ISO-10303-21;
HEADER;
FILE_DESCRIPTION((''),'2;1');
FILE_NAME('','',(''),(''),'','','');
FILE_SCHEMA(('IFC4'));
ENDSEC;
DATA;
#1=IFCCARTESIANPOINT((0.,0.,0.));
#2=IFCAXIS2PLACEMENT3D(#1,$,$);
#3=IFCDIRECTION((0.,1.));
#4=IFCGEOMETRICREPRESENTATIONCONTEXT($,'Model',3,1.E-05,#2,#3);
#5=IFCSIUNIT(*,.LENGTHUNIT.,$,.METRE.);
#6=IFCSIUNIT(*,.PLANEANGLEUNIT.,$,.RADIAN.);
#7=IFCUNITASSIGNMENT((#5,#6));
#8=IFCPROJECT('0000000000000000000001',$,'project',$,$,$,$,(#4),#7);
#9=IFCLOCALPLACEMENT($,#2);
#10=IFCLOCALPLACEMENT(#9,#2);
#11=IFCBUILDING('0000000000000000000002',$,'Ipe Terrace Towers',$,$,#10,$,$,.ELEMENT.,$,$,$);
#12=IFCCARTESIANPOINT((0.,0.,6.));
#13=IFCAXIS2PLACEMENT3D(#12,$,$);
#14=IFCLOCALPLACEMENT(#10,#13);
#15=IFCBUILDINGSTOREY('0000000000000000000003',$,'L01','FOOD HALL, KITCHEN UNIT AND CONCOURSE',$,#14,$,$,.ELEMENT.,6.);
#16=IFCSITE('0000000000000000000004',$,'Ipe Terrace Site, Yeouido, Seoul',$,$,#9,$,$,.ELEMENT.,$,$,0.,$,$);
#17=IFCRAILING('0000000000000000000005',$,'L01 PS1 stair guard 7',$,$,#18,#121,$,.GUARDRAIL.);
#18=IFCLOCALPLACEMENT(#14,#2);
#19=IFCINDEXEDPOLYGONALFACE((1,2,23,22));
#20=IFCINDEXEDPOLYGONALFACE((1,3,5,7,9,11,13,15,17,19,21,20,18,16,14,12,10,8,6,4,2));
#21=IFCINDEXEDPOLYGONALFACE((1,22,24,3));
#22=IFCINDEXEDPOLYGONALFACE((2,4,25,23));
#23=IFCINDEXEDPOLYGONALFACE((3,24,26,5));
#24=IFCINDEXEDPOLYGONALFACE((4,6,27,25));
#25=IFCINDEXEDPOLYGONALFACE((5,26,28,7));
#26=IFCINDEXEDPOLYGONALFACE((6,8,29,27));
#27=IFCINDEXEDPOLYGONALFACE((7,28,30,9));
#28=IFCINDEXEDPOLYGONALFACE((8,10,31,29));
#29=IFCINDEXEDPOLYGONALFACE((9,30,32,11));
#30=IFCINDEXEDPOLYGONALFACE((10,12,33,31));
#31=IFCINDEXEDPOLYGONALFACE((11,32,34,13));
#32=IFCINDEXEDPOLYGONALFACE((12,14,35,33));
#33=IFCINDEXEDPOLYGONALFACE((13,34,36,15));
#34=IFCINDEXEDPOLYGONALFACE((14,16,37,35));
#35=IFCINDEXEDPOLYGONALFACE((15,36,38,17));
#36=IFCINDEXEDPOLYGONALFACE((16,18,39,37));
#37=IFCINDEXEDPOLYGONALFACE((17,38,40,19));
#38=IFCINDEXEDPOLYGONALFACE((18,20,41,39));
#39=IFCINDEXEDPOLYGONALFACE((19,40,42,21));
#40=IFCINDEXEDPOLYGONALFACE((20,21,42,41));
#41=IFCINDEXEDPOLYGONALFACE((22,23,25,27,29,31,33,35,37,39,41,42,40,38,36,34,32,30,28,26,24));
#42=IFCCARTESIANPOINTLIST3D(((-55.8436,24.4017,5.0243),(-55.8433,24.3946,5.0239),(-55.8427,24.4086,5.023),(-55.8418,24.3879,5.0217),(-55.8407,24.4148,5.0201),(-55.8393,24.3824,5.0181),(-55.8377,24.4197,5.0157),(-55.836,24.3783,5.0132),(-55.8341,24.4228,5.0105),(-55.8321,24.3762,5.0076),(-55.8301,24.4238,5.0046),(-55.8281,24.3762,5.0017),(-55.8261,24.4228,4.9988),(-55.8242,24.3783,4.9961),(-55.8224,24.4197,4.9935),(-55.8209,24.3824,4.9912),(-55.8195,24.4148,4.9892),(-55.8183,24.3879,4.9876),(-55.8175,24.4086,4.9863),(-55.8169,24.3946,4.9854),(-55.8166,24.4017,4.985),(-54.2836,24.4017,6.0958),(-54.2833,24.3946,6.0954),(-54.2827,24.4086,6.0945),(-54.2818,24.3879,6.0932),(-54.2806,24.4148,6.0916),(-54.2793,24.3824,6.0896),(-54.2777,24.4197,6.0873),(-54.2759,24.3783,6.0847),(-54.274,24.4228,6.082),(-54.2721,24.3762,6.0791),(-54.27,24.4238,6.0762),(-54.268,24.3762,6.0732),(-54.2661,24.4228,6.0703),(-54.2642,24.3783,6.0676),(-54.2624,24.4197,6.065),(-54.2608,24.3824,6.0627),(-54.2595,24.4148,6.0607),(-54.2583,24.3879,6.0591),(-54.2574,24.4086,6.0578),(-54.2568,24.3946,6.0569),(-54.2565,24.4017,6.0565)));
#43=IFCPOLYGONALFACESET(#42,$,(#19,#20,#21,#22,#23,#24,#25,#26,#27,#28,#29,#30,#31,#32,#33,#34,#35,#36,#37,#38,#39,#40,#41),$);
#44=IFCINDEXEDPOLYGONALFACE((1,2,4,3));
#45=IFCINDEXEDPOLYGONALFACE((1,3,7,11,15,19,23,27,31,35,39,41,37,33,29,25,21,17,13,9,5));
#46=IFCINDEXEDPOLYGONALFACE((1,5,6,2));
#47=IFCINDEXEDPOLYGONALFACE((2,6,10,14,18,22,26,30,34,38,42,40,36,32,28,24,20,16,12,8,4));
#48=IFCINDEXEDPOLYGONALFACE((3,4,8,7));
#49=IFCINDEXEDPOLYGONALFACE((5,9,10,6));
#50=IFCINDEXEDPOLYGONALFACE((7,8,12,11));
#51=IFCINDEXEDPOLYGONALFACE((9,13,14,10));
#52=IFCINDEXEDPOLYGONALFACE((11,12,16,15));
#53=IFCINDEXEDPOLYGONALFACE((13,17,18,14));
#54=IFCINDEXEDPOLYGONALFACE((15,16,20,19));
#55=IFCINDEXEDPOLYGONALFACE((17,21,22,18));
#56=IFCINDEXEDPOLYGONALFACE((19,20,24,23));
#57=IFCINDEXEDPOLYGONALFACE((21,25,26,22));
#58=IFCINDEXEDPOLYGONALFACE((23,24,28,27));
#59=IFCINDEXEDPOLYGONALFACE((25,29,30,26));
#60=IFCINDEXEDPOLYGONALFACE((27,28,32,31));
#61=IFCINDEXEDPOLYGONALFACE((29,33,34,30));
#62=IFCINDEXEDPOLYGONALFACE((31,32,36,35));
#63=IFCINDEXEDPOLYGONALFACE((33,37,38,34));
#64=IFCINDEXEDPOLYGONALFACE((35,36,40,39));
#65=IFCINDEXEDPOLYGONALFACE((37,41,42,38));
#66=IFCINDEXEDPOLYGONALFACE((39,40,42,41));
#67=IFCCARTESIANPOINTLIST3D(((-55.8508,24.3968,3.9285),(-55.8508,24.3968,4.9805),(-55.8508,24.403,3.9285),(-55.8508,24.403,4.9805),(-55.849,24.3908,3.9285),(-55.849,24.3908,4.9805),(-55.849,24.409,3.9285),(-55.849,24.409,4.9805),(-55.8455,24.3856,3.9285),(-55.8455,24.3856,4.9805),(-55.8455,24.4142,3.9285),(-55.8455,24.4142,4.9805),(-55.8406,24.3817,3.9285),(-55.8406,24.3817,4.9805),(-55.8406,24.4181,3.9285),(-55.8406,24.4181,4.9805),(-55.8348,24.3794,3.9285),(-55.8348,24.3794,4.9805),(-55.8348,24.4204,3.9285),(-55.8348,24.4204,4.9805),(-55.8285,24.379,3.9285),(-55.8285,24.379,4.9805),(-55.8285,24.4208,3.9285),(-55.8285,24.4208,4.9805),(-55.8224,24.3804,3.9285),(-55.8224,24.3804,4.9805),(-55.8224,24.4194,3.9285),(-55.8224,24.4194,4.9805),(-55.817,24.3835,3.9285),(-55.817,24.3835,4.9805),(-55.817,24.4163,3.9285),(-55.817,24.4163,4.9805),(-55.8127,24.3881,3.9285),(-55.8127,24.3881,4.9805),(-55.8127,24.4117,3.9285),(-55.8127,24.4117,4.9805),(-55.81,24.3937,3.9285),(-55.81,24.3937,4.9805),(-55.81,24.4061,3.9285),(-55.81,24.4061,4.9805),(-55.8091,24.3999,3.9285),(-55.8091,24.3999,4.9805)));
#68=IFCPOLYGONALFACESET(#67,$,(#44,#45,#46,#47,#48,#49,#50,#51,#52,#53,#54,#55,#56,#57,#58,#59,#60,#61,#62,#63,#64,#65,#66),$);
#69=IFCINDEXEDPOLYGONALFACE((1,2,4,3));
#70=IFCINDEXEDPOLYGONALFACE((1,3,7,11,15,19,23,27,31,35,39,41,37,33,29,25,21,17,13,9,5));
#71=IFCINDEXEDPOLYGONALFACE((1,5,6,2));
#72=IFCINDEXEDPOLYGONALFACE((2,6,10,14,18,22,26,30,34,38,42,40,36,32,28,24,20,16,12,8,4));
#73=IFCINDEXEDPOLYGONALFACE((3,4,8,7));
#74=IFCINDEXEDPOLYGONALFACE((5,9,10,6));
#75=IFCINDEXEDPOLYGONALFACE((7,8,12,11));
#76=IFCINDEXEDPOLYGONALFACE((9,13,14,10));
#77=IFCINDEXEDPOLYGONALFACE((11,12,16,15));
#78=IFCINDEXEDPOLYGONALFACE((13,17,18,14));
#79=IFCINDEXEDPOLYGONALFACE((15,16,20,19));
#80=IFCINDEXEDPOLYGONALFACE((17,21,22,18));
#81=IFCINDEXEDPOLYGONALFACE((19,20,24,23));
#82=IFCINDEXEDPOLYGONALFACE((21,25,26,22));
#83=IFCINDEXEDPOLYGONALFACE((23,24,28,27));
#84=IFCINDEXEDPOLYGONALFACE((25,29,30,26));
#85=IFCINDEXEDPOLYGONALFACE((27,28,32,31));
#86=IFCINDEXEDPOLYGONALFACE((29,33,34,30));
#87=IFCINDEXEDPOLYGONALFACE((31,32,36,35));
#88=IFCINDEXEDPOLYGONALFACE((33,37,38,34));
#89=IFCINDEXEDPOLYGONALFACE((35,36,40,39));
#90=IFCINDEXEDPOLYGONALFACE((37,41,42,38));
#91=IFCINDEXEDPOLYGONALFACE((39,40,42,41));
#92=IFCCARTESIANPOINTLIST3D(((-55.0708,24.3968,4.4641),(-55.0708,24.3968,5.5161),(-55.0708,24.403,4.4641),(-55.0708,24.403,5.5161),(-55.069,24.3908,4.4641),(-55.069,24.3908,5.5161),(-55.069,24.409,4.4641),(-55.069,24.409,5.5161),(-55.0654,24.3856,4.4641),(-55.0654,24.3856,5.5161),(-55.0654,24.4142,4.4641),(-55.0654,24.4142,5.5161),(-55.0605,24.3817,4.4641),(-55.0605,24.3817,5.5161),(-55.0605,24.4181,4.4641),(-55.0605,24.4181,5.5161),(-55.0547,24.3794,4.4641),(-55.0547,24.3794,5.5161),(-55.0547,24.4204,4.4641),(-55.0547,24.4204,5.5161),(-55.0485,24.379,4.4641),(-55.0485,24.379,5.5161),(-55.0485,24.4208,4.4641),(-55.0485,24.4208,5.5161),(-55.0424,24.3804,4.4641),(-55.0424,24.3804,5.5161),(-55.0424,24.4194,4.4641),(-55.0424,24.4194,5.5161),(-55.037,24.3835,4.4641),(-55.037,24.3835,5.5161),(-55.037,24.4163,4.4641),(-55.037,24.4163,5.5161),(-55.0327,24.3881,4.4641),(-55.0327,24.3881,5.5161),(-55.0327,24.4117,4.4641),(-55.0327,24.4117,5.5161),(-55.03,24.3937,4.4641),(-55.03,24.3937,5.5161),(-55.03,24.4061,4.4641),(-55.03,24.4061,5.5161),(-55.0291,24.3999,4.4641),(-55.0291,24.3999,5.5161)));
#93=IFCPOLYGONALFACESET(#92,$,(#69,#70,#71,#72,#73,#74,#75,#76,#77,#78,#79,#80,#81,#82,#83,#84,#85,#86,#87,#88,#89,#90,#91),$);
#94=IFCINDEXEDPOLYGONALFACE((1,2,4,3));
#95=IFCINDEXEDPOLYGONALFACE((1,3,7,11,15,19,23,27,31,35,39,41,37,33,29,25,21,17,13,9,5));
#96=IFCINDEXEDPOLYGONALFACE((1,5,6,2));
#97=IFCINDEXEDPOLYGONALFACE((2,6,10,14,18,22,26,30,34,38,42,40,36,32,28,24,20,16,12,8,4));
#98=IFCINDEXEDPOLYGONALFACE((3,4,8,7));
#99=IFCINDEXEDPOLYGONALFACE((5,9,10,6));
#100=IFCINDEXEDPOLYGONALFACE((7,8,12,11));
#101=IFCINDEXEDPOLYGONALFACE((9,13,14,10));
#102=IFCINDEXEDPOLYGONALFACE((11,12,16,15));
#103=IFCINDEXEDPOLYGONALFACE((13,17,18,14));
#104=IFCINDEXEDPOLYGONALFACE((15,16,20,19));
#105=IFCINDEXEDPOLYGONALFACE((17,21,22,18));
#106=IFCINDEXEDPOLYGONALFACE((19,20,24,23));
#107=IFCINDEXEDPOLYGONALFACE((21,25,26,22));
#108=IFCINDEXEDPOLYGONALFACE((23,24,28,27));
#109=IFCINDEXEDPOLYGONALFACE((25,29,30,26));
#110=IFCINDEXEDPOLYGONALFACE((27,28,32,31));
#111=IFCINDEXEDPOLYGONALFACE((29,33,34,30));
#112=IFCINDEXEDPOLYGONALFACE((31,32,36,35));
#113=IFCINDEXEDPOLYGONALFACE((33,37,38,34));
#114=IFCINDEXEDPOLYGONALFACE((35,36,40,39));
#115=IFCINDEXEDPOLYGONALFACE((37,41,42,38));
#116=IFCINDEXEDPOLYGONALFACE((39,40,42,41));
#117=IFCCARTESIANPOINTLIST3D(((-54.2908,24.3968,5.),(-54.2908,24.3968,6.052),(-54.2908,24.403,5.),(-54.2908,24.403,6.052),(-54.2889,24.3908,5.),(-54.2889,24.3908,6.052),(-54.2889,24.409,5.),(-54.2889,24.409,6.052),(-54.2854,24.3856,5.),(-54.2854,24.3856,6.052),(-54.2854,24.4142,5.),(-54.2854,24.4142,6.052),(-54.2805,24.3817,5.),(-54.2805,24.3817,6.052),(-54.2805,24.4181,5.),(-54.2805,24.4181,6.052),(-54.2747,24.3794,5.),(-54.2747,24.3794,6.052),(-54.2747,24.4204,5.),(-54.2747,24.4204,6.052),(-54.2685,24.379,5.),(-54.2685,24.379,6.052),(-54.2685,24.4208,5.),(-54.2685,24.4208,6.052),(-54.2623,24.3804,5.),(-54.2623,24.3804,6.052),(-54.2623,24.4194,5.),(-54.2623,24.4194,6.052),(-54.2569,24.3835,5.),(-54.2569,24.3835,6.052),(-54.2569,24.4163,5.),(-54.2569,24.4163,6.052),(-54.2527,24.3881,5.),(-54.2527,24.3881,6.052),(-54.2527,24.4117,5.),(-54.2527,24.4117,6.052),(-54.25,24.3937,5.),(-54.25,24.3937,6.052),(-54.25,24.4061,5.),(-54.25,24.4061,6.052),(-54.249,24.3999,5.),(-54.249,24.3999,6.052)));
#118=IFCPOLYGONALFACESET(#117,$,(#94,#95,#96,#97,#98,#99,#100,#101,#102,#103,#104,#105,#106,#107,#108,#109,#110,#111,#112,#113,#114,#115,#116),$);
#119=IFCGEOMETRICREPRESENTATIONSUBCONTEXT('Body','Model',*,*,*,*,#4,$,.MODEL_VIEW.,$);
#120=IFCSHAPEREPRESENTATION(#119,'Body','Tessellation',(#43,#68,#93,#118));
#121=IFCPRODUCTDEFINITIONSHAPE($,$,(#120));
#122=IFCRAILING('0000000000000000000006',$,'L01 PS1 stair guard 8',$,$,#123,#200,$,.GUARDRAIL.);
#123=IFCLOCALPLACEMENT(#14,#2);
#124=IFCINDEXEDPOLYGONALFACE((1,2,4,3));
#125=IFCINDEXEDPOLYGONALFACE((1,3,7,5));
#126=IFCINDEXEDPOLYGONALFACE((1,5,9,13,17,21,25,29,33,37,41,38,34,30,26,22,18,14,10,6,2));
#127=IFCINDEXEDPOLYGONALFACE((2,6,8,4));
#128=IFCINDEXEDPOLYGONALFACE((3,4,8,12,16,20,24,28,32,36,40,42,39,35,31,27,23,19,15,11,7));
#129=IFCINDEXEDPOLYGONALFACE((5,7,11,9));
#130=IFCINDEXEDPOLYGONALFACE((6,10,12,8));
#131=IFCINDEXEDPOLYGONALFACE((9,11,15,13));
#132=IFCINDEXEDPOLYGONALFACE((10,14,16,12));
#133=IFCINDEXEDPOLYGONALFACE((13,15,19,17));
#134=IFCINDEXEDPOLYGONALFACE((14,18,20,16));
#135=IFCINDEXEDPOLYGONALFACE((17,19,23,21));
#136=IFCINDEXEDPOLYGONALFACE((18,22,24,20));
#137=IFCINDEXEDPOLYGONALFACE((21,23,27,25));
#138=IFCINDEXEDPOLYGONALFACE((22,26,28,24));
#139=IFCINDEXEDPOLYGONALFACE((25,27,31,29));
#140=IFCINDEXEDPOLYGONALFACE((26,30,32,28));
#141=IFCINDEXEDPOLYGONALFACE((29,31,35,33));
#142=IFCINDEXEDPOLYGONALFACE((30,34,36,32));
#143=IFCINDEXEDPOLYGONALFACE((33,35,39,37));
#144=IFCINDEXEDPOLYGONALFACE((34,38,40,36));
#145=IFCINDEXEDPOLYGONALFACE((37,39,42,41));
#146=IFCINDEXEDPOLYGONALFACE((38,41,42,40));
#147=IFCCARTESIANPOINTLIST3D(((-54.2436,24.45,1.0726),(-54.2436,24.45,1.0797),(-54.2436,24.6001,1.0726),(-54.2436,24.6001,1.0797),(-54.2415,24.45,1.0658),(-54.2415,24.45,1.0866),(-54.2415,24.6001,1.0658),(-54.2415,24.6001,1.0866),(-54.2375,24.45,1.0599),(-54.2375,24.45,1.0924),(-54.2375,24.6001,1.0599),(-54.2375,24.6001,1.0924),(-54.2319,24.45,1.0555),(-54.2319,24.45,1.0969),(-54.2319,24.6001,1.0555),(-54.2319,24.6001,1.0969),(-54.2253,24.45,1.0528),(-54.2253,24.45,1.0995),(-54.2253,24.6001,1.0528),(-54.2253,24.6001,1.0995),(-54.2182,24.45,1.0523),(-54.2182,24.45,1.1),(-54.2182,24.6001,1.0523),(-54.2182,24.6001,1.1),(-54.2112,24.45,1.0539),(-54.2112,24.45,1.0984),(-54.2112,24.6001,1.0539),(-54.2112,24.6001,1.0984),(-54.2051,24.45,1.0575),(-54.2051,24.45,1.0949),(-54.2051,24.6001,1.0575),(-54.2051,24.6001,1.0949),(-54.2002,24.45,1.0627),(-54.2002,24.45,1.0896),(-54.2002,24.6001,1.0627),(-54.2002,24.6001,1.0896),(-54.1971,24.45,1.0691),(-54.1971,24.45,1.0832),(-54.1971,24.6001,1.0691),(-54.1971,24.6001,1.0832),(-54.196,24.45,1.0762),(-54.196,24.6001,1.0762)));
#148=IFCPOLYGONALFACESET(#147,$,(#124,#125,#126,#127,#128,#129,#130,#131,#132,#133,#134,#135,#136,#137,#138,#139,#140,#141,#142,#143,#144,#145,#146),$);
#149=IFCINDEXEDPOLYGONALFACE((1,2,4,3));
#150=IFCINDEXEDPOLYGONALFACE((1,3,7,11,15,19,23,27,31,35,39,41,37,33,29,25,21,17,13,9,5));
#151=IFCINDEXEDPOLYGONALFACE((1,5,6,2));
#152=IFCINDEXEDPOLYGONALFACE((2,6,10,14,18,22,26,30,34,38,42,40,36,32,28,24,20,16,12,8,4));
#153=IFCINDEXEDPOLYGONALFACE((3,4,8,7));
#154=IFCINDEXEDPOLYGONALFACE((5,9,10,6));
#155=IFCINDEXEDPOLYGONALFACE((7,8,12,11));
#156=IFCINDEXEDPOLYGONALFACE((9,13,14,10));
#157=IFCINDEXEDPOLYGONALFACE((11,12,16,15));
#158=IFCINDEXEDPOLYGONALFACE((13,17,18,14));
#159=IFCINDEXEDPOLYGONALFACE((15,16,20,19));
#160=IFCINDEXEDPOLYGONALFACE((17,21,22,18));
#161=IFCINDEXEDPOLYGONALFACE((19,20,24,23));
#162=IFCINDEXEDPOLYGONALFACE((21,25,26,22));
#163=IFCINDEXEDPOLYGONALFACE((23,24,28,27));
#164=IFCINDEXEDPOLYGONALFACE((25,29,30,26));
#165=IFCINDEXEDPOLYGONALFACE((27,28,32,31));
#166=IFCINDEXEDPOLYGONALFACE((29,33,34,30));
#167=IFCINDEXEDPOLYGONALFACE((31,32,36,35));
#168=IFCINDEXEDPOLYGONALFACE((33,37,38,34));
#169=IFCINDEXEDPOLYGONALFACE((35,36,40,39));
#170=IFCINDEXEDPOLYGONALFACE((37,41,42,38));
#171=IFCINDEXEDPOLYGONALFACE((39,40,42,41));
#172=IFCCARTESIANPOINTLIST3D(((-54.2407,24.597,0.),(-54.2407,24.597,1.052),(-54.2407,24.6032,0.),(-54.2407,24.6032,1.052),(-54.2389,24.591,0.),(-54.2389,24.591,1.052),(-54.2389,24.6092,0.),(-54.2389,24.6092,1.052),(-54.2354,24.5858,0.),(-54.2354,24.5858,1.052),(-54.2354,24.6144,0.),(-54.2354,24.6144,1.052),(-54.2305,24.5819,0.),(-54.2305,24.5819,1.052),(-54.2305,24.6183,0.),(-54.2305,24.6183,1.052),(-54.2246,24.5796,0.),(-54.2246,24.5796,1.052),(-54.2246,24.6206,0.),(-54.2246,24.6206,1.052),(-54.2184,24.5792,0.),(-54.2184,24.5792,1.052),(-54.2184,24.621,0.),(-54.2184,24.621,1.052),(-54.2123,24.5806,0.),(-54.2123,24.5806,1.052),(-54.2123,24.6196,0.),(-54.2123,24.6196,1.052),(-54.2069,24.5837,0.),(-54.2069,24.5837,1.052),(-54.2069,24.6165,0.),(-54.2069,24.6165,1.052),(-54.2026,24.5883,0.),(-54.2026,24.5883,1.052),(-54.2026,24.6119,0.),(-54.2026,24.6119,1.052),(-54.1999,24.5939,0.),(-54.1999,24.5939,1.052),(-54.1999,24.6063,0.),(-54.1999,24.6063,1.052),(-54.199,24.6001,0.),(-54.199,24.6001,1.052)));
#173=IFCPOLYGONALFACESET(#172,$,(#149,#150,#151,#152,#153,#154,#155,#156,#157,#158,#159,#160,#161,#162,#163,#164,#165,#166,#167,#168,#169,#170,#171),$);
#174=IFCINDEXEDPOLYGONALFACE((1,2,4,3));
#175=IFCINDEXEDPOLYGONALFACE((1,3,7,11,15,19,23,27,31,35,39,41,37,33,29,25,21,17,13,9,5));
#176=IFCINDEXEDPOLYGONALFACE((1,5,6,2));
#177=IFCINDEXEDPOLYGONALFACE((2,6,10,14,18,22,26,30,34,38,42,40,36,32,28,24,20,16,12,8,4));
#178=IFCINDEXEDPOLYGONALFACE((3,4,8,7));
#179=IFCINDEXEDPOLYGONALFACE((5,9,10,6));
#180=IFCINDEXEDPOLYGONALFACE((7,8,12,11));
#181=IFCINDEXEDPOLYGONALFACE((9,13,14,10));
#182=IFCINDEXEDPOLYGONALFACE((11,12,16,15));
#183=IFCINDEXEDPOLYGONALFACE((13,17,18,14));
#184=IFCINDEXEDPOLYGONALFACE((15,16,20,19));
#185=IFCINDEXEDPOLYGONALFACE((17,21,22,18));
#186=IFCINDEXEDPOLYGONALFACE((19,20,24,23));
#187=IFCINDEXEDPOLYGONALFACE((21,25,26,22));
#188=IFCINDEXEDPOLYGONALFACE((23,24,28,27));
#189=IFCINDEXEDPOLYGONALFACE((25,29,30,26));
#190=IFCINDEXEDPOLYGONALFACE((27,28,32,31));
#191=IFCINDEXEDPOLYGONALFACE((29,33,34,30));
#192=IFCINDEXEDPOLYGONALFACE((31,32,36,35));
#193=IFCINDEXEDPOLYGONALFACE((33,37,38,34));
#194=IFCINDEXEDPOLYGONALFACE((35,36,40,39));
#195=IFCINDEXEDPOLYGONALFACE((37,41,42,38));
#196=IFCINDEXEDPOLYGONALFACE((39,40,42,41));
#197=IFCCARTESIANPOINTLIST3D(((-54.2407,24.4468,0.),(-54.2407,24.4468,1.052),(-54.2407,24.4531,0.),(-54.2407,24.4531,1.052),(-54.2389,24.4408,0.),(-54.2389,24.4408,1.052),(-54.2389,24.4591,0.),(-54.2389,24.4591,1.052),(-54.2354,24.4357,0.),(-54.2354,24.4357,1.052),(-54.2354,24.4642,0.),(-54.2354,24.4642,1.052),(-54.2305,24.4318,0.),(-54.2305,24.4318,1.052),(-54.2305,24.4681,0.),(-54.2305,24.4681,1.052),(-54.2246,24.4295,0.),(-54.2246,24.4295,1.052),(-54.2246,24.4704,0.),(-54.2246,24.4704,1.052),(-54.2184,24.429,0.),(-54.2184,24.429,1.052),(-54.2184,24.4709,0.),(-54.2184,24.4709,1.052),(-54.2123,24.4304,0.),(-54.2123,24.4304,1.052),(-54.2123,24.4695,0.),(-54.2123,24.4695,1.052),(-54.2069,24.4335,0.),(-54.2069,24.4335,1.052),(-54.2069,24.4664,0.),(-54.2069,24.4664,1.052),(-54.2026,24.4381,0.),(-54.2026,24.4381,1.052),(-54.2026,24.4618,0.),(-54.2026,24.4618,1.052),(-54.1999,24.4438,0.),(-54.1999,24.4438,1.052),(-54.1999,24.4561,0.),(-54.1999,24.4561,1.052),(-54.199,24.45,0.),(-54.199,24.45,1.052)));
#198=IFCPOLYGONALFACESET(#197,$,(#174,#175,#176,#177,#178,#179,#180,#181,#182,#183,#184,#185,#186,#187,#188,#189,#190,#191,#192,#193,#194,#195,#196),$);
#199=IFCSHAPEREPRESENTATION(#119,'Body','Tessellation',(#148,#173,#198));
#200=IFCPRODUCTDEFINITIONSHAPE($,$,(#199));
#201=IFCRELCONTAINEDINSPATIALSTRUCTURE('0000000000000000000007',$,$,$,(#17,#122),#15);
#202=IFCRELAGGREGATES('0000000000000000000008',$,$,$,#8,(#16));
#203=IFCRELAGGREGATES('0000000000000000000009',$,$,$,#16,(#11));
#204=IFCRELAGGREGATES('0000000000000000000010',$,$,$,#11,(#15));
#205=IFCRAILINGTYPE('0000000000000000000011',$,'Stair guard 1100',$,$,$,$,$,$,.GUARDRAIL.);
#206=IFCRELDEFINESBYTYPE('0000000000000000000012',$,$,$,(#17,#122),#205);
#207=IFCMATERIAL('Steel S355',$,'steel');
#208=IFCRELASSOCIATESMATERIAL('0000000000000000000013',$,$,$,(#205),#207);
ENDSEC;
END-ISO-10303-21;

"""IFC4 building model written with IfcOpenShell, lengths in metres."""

from ifc_helpers import new_model, si_unit, direction, frame, origin, origin_2d, place, context, subcontext, project, spatial, circle, extrude, material, type_object, element, save


model = new_model("IFC4")

# Units and contexts
model_context = context("Model", 3, precision=1e-05, world=origin(), true_north=direction((0.0, 1.0)))
body_context = subcontext(model_context, "Body", "Model", "MODEL_VIEW")
ifc_project = project(units=[si_unit("LENGTHUNIT", "METRE"), si_unit("PLANEANGLEUNIT", "RADIAN")], contexts=[model_context])

# Site, building, storey
site_placement = place(None, origin())
site = spatial("IfcSite", under=ifc_project, at=site_placement, Name="Ipe Terrace Site, Yeouido, Seoul", CompositionType="ELEMENT", RefElevation=0.0)
building_placement = place(site_placement, origin())
building = spatial("IfcBuilding", under=site, at=building_placement, Name="Ipe Terrace Towers", CompositionType="ELEMENT")
storey_placement = place(building_placement, frame((0.0, 0.0, 6.0)))
storey = spatial("IfcBuildingStorey", under=building, at=storey_placement, Name="L01", Description="FOOD HALL, KITCHEN UNIT AND CONCOURSE", CompositionType="ELEMENT", Elevation=6.0)

# Railings
ifc_material_1 = material(Name="Steel S355", Category="steel")
railing_type_1 = type_object("IfcRailingType", Name="Stair guard 1100", PredefinedType="GUARDRAIL", material=ifc_material_1)
railing_1_placement = place(storey_placement, frame((-55.8301, 24.3999, 3.9285)))
element("IfcRailing", 1, at=railing_1_placement, inside=storey, type_object=railing_type_1, Name="L01 PS1 stair guard 7", PredefinedType="GUARDRAIL", context=body_context, shape_type="SweptSolid", body=[
    extrude(circle(Radius=0.0239, at=origin_2d()), frame((0.0, 0.0, 1.0762), z_axis=(0.82429, 0.0, 0.566167), x_axis=(0.0, 1.0, 0.0)), (0.0, 0.0, 1.0), 1.8926),
    extrude(circle(Radius=0.021, at=origin_2d()), origin(), (0.0, 0.0, 1.0), 1.052),
    extrude(circle(Radius=0.021, at=origin_2d()), frame((0.78, 0.0, 0.5356)), (0.0, 0.0, 1.0), 1.052),
    extrude(circle(Radius=0.021, at=origin_2d()), frame((1.5601, 0.0, 1.0715)), (0.0, 0.0, 1.0), 1.052),
])
railing_2_placement = place(storey_placement, frame((-54.22, 24.6001, 0.0)))
element("IfcRailing", 2, at=railing_2_placement, inside=storey, type_object=railing_type_1, Name="L01 PS1 stair guard 8", PredefinedType="GUARDRAIL", context=body_context, shape_type="SweptSolid", body=[
    extrude(circle(Radius=0.0239, at=origin_2d()), frame((0.0, 0.0, 1.0762), z_axis=(0.0, -1.0, 0.0), x_axis=(1.0, 0.0, 0.0)), (0.0, 0.0, 1.0), 0.1501),
    extrude(circle(Radius=0.021, at=origin_2d()), origin(), (0.0, 0.0, 1.0), 1.052),
    extrude(circle(Radius=0.021, at=origin_2d()), frame((0.0, -0.1501, 0.0)), (0.0, 0.0, 1.0), 1.052),
])

save(model, "model.ifc")
